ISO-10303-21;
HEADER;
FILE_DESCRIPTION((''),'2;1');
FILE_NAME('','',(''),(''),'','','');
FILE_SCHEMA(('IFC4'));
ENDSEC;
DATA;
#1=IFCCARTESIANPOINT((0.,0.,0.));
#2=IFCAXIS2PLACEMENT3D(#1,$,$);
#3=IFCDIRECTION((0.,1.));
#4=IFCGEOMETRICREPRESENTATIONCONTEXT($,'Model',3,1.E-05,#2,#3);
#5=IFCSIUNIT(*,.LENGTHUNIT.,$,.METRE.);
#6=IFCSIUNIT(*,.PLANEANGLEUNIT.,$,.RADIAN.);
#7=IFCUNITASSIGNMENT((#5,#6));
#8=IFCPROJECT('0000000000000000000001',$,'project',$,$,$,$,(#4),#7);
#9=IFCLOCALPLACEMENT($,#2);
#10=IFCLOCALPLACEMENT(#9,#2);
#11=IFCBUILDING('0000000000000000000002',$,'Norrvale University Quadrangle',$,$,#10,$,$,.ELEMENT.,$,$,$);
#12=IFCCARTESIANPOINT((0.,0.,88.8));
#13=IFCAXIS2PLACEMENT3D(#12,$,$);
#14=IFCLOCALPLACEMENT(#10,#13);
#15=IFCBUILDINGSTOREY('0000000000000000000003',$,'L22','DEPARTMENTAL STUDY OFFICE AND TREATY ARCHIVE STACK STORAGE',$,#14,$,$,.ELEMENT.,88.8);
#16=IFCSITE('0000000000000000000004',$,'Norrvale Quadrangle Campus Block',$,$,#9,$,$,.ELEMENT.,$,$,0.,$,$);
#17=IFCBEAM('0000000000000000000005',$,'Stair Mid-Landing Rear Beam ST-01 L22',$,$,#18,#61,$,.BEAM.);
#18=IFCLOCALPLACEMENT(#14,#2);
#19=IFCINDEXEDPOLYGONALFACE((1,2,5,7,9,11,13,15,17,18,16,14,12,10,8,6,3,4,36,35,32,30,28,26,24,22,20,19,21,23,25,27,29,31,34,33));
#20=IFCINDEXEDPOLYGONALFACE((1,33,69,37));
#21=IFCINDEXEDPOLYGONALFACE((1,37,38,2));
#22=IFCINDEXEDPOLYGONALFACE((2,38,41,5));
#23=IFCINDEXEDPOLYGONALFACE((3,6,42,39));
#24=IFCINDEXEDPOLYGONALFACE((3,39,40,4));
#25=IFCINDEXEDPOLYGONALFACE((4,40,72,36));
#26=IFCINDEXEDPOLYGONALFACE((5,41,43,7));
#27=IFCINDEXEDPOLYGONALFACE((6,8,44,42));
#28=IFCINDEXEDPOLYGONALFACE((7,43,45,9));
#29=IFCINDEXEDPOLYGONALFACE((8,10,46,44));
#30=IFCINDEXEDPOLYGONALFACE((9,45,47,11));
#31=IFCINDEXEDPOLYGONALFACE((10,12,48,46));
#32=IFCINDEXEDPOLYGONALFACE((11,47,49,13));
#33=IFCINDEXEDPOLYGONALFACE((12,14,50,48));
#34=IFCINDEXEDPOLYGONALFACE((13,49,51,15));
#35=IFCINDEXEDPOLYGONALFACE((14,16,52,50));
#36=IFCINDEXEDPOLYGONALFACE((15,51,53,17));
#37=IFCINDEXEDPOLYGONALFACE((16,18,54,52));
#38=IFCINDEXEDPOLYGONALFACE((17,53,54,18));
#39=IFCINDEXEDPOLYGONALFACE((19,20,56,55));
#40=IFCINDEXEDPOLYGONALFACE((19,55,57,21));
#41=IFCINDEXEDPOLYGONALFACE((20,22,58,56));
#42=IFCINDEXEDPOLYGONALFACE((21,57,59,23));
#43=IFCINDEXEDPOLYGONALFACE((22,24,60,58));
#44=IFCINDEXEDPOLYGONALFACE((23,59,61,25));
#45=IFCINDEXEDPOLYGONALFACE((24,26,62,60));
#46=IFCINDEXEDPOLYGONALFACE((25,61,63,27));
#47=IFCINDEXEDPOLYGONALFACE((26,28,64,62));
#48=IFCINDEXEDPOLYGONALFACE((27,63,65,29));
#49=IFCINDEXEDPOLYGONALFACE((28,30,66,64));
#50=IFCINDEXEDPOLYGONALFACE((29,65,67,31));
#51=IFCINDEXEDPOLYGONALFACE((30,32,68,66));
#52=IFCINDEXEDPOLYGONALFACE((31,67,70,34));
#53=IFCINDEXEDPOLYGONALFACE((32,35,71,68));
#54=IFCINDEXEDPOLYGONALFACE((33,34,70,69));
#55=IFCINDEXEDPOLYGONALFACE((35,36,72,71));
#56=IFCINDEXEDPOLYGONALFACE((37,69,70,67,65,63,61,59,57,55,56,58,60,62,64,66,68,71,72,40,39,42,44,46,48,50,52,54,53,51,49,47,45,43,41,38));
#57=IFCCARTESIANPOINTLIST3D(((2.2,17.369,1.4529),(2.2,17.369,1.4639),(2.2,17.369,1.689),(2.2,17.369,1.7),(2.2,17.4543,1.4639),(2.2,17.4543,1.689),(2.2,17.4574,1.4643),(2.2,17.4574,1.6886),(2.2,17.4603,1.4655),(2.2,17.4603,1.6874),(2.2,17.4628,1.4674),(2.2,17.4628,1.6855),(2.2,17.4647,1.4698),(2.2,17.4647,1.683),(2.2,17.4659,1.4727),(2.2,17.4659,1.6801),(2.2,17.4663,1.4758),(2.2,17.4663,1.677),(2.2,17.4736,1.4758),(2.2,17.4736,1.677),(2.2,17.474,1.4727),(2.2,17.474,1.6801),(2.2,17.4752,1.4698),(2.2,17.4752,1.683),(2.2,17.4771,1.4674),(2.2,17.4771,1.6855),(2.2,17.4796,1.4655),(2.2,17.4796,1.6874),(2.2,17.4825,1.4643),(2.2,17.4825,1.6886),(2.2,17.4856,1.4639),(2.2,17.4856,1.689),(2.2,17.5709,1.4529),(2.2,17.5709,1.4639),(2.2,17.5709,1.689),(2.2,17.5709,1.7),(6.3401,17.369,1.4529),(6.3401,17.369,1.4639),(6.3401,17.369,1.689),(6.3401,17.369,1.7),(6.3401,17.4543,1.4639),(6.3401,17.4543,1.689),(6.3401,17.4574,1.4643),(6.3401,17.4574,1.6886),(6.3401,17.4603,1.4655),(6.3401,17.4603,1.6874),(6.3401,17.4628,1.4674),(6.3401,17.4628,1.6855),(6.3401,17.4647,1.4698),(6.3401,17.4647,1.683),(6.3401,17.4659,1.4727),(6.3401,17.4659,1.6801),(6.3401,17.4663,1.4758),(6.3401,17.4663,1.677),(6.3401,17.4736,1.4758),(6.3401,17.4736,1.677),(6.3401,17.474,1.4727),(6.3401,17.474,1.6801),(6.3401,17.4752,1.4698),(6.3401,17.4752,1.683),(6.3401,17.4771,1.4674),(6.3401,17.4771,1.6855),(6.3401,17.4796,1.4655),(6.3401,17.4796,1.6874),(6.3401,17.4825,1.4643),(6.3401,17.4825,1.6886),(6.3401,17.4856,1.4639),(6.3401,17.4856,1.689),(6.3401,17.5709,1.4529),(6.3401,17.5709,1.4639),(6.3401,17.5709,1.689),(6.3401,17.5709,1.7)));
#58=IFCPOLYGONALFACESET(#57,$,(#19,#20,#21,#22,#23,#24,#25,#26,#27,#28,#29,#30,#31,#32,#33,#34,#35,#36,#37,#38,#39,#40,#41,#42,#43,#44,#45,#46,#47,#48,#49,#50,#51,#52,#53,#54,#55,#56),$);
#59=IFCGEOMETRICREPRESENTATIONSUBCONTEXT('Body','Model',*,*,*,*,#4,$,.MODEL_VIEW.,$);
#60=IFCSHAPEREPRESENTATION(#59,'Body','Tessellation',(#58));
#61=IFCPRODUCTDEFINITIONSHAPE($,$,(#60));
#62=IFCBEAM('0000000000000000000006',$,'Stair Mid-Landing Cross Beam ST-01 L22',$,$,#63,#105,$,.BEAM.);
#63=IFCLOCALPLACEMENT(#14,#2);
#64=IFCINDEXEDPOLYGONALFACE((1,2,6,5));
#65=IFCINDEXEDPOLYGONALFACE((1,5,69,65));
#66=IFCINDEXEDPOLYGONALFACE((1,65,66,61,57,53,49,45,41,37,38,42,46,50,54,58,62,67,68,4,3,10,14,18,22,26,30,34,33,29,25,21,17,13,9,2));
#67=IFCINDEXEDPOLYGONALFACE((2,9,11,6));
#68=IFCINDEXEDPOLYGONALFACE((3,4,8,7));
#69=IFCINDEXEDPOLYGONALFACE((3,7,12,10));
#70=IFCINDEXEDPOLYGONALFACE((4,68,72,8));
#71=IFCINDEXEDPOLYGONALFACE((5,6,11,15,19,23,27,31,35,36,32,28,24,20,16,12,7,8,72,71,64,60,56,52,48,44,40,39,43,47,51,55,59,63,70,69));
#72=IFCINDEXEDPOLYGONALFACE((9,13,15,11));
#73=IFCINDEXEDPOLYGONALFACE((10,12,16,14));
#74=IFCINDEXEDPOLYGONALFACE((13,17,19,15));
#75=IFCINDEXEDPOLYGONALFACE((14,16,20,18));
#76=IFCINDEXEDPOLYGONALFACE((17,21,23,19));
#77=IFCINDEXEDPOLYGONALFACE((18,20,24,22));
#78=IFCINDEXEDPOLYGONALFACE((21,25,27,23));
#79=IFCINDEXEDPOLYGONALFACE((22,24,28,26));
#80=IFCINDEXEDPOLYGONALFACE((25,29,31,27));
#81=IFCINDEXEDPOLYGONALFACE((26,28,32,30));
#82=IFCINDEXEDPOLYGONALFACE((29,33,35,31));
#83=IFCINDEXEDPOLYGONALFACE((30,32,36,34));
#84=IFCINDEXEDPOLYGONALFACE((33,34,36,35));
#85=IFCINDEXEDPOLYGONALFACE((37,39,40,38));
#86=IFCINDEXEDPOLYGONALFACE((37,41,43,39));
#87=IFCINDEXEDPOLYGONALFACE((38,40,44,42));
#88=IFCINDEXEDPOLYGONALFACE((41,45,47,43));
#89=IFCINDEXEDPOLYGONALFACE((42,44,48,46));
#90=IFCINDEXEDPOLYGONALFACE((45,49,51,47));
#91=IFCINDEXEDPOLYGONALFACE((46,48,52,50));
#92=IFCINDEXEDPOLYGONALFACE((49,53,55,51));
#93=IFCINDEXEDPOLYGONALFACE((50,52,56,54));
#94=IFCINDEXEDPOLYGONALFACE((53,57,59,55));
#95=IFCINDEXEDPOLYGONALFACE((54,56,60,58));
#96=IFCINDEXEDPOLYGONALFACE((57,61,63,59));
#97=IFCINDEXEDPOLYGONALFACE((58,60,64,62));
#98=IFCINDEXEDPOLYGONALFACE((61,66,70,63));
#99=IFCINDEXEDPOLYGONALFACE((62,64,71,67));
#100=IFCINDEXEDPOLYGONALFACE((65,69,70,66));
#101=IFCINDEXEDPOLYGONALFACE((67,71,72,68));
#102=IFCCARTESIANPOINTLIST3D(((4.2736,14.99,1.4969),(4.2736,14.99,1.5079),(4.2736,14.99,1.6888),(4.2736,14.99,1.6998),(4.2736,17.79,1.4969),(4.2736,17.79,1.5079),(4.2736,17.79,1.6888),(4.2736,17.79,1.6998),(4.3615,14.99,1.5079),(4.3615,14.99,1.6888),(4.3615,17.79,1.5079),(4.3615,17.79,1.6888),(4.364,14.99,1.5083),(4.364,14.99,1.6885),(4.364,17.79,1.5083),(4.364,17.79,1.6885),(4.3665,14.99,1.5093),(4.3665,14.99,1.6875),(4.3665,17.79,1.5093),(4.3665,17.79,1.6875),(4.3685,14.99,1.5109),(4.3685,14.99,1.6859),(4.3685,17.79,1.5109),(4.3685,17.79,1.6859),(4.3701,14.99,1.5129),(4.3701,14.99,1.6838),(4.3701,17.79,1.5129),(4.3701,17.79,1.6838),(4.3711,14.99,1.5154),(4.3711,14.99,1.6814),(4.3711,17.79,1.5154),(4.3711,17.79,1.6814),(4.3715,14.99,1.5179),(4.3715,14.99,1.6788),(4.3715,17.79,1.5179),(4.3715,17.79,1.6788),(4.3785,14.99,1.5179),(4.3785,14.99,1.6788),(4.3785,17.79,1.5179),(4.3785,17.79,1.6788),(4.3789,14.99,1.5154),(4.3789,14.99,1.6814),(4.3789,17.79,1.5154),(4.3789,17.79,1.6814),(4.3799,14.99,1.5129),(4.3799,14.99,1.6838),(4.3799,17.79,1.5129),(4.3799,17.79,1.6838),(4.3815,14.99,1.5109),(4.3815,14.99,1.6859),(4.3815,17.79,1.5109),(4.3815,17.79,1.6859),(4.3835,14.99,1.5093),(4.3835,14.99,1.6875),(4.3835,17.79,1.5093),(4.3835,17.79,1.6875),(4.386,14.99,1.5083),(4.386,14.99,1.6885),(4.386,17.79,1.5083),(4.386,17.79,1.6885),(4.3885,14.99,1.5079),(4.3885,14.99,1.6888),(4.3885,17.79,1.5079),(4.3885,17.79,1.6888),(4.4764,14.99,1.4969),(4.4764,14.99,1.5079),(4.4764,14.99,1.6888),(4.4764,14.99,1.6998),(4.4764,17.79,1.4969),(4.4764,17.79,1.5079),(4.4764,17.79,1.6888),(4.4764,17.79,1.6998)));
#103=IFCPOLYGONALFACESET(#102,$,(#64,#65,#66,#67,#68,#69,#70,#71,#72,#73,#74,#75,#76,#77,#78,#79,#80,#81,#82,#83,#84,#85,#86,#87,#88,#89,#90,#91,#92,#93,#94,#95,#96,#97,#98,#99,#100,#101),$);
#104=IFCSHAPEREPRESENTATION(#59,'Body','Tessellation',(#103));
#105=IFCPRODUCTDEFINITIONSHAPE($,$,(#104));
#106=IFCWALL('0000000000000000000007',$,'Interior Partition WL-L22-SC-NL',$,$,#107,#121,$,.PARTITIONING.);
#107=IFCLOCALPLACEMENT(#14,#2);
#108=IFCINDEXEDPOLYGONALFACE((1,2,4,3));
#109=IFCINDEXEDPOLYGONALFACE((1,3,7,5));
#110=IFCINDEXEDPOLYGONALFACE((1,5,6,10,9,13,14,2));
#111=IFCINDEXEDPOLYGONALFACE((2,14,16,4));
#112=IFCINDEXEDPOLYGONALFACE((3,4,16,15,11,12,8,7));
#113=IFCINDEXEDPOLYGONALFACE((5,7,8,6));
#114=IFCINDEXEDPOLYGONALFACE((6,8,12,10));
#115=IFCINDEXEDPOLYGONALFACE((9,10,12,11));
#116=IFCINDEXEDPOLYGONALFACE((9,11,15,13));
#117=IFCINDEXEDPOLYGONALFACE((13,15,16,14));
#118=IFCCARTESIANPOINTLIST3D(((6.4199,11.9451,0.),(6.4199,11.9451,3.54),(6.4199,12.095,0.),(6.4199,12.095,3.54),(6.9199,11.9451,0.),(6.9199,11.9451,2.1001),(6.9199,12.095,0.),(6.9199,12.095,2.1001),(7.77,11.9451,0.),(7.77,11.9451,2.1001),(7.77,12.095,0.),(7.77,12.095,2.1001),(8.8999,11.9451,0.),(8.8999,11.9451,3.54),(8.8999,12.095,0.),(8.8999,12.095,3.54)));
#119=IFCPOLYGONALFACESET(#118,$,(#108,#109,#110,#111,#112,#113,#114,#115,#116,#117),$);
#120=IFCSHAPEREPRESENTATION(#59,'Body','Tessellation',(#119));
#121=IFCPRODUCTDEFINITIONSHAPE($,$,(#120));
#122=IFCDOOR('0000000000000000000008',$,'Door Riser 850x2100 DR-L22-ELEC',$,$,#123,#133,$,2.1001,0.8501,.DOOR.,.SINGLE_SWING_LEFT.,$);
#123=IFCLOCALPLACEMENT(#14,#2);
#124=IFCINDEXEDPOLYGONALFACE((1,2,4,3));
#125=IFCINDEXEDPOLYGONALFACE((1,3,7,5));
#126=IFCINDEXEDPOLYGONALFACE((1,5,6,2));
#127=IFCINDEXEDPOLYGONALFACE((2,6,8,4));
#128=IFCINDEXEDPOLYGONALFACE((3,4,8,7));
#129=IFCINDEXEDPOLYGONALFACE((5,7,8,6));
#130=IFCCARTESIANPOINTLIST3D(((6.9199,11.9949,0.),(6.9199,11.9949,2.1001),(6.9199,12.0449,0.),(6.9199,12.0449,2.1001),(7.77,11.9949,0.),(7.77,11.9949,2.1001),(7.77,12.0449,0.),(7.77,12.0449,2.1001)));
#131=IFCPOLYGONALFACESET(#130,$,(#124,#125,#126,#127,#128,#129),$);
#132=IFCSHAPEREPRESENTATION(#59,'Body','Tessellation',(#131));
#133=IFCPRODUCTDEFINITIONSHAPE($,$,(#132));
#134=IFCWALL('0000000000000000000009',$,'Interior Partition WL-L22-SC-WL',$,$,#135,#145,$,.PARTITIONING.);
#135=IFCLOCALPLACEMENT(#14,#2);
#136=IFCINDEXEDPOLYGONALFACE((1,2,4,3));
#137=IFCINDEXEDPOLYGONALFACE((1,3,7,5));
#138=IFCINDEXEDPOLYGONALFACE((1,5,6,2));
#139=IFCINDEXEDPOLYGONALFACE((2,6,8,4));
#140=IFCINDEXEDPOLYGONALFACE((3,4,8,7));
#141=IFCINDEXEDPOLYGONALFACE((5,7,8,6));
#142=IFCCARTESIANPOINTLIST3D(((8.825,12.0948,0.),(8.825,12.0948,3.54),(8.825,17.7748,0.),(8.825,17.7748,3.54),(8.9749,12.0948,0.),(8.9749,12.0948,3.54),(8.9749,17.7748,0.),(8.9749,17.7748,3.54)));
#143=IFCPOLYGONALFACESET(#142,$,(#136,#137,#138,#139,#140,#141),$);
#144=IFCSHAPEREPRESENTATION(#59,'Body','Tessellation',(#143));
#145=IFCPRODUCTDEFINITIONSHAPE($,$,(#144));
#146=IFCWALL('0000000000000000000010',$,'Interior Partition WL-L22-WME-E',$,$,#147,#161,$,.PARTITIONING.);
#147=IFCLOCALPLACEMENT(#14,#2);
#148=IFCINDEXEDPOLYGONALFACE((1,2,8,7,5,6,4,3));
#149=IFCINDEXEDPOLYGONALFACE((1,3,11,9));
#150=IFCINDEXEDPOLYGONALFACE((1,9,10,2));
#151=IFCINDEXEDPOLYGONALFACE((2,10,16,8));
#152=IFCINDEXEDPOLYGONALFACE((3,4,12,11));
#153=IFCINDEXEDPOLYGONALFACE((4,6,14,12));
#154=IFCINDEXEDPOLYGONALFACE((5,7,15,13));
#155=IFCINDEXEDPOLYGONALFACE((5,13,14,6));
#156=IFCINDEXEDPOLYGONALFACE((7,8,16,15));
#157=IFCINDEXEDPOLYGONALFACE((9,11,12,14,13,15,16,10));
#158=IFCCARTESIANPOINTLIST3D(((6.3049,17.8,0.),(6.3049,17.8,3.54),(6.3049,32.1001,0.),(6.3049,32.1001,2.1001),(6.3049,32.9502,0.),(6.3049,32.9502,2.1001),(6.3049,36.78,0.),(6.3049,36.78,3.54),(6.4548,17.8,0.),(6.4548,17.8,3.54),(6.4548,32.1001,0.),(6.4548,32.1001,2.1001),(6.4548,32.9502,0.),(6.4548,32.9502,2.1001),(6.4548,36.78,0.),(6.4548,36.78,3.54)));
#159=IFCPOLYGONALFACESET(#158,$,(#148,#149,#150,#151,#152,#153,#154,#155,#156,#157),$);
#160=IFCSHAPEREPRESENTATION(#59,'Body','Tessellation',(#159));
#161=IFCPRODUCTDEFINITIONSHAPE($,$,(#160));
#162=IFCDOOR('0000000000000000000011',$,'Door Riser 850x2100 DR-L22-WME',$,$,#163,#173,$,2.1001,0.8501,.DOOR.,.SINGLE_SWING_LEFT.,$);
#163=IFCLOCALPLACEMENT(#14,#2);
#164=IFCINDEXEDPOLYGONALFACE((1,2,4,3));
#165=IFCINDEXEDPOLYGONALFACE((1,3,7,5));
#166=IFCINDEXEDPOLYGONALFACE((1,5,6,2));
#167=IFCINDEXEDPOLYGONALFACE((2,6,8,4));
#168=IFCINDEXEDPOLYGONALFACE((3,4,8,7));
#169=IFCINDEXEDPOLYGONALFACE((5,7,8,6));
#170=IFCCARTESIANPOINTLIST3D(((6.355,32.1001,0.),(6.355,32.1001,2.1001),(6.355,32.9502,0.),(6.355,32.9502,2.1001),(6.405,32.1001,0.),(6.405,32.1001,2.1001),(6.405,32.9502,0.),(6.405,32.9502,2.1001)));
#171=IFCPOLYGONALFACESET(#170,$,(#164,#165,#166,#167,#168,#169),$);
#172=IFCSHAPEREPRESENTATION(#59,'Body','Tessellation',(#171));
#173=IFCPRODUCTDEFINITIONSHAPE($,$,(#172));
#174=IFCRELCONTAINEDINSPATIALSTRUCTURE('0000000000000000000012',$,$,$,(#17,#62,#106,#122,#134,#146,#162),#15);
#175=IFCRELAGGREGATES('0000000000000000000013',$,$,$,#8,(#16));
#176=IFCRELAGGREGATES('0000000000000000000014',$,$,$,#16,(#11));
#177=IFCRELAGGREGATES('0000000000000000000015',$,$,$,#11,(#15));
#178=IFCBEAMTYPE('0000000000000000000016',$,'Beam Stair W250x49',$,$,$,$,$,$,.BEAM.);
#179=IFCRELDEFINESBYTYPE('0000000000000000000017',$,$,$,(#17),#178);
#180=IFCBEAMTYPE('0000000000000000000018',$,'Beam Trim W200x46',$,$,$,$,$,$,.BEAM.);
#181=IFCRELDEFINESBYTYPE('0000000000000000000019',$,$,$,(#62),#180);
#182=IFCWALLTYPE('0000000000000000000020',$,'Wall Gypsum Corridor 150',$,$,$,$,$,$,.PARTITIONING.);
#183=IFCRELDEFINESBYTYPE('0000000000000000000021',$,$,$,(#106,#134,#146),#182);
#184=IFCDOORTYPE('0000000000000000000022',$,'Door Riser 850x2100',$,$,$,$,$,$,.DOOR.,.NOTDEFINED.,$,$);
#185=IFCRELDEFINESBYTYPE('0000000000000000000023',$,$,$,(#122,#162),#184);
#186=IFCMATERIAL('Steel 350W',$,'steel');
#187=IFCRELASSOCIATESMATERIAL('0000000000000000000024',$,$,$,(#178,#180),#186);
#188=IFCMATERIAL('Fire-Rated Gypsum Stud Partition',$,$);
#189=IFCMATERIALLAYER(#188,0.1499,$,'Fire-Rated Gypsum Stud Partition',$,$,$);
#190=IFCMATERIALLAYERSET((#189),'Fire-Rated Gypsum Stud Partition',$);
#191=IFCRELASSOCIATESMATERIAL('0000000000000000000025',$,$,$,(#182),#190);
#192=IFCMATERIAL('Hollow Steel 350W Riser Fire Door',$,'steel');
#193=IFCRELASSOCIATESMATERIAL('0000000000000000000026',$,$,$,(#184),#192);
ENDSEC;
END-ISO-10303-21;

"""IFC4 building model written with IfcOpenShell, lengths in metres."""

from ifc_helpers import new_model, si_unit, direction, frame, frame_2d, origin, origin_2d, place, context, subcontext, project, spatial, rectangle, i_section, extrude, material, layer, layer_set, material_profile, profile_set, type_object, element, fill, save


model = new_model("IFC4")

# Units and contexts
model_context = context("Model", 3, precision=1e-05, world=origin(), true_north=direction((0.0, 1.0)))
body_context = subcontext(model_context, "Body", "Model", "MODEL_VIEW")
ifc_project = project(units=[si_unit("LENGTHUNIT", "METRE"), si_unit("PLANEANGLEUNIT", "RADIAN")], contexts=[model_context])

# Site, building, storey
site_placement = place(None, origin())
site = spatial("IfcSite", under=ifc_project, at=site_placement, Name="Norrvale Quadrangle Campus Block", CompositionType="ELEMENT", RefElevation=0.0)
building_placement = place(site_placement, origin())
building = spatial("IfcBuilding", under=site, at=building_placement, Name="Norrvale University Quadrangle", CompositionType="ELEMENT")
storey_placement = place(building_placement, frame((0.0, 0.0, 88.8)))
storey = spatial("IfcBuildingStorey", under=building, at=storey_placement, Name="L22", Description="DEPARTMENTAL STUDY OFFICE AND TREATY ARCHIVE STACK STORAGE", CompositionType="ELEMENT", Elevation=88.8)

# Beams
ifc_material_1 = material(Name="Steel 350W", Category="steel")
ifc_material_profile_1 = material_profile(ifc_material_1, i_section(OverallWidth=0.2019, OverallDepth=0.2471, WebThickness=0.0073, FlangeThickness=0.011, FilletRadius=0.012, at=origin_2d()), Name="Steel 350W")
ifc_profile_set_1 = profile_set([ifc_material_profile_1], Name="Steel 350W")
beam_type_1 = type_object("IfcBeamType", Name="Beam Stair W250x49", PredefinedType="BEAM", material=ifc_profile_set_1)
for number, where, z_axis, x_axis, name in (
    (1, (2.2, 17.47, 1.5764), (1.0, 0.0, 0.0), (0.0, 1.0, 0.0), "Stair Mid-Landing Rear Beam ST-01 L22"),
):
    element("IfcBeam", number, at=place(storey_placement, frame(where, z_axis=z_axis, x_axis=x_axis)), inside=storey, type_object=beam_type_1, Name=name, PredefinedType="BEAM", context=body_context, shape_type="SweptSolid", body=[
        extrude(i_section(OverallWidth=0.2019, OverallDepth=0.2471, WebThickness=0.0073, FlangeThickness=0.011, FilletRadius=0.012, at=origin_2d()), origin(), (0.0, 0.0, 1.0), 4.1401),
    ])
ifc_material_profile_2 = material_profile(ifc_material_1, i_section(OverallWidth=0.2029, OverallDepth=0.2029, WebThickness=0.0071, FlangeThickness=0.011, FilletRadius=0.01, at=origin_2d()), Name="Steel 350W")
ifc_profile_set_2 = profile_set([ifc_material_profile_2], Name="Steel 350W")
beam_type_2 = type_object("IfcBeamType", Name="Beam Trim W200x46", PredefinedType="BEAM", material=ifc_profile_set_2)
beam_1_placement = place(storey_placement, frame((4.375, 14.99, 1.5984), z_axis=(0.0, 1.0, 0.0), x_axis=(-1.0, 0.0, 0.0)))
element("IfcBeam", 2, at=beam_1_placement, inside=storey, type_object=beam_type_2, Name="Stair Mid-Landing Cross Beam ST-01 L22", PredefinedType="BEAM", context=body_context, shape_type="SweptSolid", body=[
    extrude(i_section(OverallWidth=0.2029, OverallDepth=0.2029, WebThickness=0.0071, FlangeThickness=0.011, FilletRadius=0.01, at=origin_2d()), origin(), (0.0, 0.0, 1.0), 2.8),
])

# Wall, opening, door
ifc_material_2 = material(Name="Fire-Rated Gypsum Stud Partition")
ifc_layer_1 = layer(ifc_material_2, 0.1499, Name="Fire-Rated Gypsum Stud Partition")
ifc_layer_set_1 = layer_set([ifc_layer_1], Name="Fire-Rated Gypsum Stud Partition")
wall_type_1 = type_object("IfcWallType", Name="Wall Gypsum Corridor 150", PredefinedType="PARTITIONING", material=ifc_layer_set_1)
wall_1_placement = place(storey_placement, frame((6.4199, 12.02, 0.0), z_axis=(0.0, 0.0, 1.0), x_axis=(1.0, 0.0, 0.0)))
wall_1 = element("IfcWall", 3, at=wall_1_placement, inside=storey, type_object=wall_type_1, Name="Interior Partition WL-L22-SC-NL", PredefinedType="PARTITIONING", context=body_context, shape_type="SweptSolid", body=[
    extrude(rectangle(XDim=2.48, YDim=0.1499, at=frame_2d((1.24, 0.0))), origin(), (0.0, 0.0, 1.0), 3.54),
])
opening_1_placement = place(wall_1_placement, frame((0.5, 0.0, 0.0)))
opening_1 = element("IfcOpeningElement", 4, at=opening_1_placement, cuts=wall_1, PredefinedType="OPENING", context=body_context, shape_type="SweptSolid", body=[
    extrude(rectangle(XDim=0.8501, YDim=2.1001, at=frame_2d((0.425, 1.05))), frame((0.0, 0.0869, 0.0), z_axis=(0.0, -1.0, 0.0), x_axis=(1.0, 0.0, 0.0)), (0.0, 0.0, 1.0), 0.1738),
])
ifc_material_3 = material(Name="Hollow Steel 350W Riser Fire Door", Category="steel")
door_type_1 = type_object("IfcDoorType", Name="Door Riser 850x2100", OperationType="NOTDEFINED", PredefinedType="DOOR", material=ifc_material_3)
door_1_placement = place(opening_1_placement, origin())
door_1 = element("IfcDoor", 5, at=door_1_placement, inside=storey, type_object=door_type_1, Name="Door Riser 850x2100 DR-L22-ELEC", OperationType="SINGLE_SWING_LEFT", OverallHeight=2.1001, OverallWidth=0.8501, PredefinedType="DOOR", context=body_context, shape_type="SweptSolid", body=[
    extrude(rectangle(XDim=0.8501, YDim=2.1001, at=frame_2d((0.425, 1.05))), frame((0.0, 0.0249, 0.0), z_axis=(0.0, -1.0, 0.0), x_axis=(1.0, 0.0, 0.0)), (0.0, 0.0, 1.0), 0.05),
])
fill(opening_1, door_1)

# Wall
wall_2_placement = place(storey_placement, frame((8.8999, 12.095, 0.0), z_axis=(0.0, 0.0, 1.0), x_axis=(0.0, 1.0, 0.0)))
element("IfcWall", 6, at=wall_2_placement, inside=storey, type_object=wall_type_1, Name="Interior Partition WL-L22-SC-WL", PredefinedType="PARTITIONING", context=body_context, shape_type="SweptSolid", body=[
    extrude(rectangle(XDim=5.6799, YDim=0.1499, at=frame_2d((2.8398, 0.0))), origin(), (0.0, 0.0, 1.0), 3.54),
])

# Wall, opening, door
wall_3_placement = place(storey_placement, frame((6.3799, 17.8, 0.0), z_axis=(0.0, 0.0, 1.0), x_axis=(0.0, 1.0, 0.0)))
wall_3 = element("IfcWall", 7, at=wall_3_placement, inside=storey, type_object=wall_type_1, Name="Interior Partition WL-L22-WME-E", PredefinedType="PARTITIONING", context=body_context, shape_type="SweptSolid", body=[
    extrude(rectangle(XDim=18.98, YDim=0.1499, at=frame_2d((9.49, 0.0))), origin(), (0.0, 0.0, 1.0), 3.54),
])
opening_2_placement = place(wall_3_placement, frame((14.3, 0.0, 0.0)))
opening_2 = element("IfcOpeningElement", 8, at=opening_2_placement, cuts=wall_3, PredefinedType="OPENING", context=body_context, shape_type="SweptSolid", body=[
    extrude(rectangle(XDim=0.8501, YDim=2.1001, at=frame_2d((0.425, 1.05))), frame((0.0, 0.0869, 0.0), z_axis=(0.0, -1.0, 0.0), x_axis=(1.0, 0.0, 0.0)), (0.0, 0.0, 1.0), 0.1738),
])
door_2_placement = place(opening_2_placement, origin())
door_2 = element("IfcDoor", 9, at=door_2_placement, inside=storey, type_object=door_type_1, Name="Door Riser 850x2100 DR-L22-WME", OperationType="SINGLE_SWING_LEFT", OverallHeight=2.1001, OverallWidth=0.8501, PredefinedType="DOOR", context=body_context, shape_type="SweptSolid", body=[
    extrude(rectangle(XDim=0.8501, YDim=2.1001, at=frame_2d((0.425, 1.05))), frame((0.0, 0.0249, 0.0), z_axis=(0.0, -1.0, 0.0), x_axis=(1.0, 0.0, 0.0)), (0.0, 0.0, 1.0), 0.05),
])
fill(opening_2, door_2)

save(model, "model.ifc")
